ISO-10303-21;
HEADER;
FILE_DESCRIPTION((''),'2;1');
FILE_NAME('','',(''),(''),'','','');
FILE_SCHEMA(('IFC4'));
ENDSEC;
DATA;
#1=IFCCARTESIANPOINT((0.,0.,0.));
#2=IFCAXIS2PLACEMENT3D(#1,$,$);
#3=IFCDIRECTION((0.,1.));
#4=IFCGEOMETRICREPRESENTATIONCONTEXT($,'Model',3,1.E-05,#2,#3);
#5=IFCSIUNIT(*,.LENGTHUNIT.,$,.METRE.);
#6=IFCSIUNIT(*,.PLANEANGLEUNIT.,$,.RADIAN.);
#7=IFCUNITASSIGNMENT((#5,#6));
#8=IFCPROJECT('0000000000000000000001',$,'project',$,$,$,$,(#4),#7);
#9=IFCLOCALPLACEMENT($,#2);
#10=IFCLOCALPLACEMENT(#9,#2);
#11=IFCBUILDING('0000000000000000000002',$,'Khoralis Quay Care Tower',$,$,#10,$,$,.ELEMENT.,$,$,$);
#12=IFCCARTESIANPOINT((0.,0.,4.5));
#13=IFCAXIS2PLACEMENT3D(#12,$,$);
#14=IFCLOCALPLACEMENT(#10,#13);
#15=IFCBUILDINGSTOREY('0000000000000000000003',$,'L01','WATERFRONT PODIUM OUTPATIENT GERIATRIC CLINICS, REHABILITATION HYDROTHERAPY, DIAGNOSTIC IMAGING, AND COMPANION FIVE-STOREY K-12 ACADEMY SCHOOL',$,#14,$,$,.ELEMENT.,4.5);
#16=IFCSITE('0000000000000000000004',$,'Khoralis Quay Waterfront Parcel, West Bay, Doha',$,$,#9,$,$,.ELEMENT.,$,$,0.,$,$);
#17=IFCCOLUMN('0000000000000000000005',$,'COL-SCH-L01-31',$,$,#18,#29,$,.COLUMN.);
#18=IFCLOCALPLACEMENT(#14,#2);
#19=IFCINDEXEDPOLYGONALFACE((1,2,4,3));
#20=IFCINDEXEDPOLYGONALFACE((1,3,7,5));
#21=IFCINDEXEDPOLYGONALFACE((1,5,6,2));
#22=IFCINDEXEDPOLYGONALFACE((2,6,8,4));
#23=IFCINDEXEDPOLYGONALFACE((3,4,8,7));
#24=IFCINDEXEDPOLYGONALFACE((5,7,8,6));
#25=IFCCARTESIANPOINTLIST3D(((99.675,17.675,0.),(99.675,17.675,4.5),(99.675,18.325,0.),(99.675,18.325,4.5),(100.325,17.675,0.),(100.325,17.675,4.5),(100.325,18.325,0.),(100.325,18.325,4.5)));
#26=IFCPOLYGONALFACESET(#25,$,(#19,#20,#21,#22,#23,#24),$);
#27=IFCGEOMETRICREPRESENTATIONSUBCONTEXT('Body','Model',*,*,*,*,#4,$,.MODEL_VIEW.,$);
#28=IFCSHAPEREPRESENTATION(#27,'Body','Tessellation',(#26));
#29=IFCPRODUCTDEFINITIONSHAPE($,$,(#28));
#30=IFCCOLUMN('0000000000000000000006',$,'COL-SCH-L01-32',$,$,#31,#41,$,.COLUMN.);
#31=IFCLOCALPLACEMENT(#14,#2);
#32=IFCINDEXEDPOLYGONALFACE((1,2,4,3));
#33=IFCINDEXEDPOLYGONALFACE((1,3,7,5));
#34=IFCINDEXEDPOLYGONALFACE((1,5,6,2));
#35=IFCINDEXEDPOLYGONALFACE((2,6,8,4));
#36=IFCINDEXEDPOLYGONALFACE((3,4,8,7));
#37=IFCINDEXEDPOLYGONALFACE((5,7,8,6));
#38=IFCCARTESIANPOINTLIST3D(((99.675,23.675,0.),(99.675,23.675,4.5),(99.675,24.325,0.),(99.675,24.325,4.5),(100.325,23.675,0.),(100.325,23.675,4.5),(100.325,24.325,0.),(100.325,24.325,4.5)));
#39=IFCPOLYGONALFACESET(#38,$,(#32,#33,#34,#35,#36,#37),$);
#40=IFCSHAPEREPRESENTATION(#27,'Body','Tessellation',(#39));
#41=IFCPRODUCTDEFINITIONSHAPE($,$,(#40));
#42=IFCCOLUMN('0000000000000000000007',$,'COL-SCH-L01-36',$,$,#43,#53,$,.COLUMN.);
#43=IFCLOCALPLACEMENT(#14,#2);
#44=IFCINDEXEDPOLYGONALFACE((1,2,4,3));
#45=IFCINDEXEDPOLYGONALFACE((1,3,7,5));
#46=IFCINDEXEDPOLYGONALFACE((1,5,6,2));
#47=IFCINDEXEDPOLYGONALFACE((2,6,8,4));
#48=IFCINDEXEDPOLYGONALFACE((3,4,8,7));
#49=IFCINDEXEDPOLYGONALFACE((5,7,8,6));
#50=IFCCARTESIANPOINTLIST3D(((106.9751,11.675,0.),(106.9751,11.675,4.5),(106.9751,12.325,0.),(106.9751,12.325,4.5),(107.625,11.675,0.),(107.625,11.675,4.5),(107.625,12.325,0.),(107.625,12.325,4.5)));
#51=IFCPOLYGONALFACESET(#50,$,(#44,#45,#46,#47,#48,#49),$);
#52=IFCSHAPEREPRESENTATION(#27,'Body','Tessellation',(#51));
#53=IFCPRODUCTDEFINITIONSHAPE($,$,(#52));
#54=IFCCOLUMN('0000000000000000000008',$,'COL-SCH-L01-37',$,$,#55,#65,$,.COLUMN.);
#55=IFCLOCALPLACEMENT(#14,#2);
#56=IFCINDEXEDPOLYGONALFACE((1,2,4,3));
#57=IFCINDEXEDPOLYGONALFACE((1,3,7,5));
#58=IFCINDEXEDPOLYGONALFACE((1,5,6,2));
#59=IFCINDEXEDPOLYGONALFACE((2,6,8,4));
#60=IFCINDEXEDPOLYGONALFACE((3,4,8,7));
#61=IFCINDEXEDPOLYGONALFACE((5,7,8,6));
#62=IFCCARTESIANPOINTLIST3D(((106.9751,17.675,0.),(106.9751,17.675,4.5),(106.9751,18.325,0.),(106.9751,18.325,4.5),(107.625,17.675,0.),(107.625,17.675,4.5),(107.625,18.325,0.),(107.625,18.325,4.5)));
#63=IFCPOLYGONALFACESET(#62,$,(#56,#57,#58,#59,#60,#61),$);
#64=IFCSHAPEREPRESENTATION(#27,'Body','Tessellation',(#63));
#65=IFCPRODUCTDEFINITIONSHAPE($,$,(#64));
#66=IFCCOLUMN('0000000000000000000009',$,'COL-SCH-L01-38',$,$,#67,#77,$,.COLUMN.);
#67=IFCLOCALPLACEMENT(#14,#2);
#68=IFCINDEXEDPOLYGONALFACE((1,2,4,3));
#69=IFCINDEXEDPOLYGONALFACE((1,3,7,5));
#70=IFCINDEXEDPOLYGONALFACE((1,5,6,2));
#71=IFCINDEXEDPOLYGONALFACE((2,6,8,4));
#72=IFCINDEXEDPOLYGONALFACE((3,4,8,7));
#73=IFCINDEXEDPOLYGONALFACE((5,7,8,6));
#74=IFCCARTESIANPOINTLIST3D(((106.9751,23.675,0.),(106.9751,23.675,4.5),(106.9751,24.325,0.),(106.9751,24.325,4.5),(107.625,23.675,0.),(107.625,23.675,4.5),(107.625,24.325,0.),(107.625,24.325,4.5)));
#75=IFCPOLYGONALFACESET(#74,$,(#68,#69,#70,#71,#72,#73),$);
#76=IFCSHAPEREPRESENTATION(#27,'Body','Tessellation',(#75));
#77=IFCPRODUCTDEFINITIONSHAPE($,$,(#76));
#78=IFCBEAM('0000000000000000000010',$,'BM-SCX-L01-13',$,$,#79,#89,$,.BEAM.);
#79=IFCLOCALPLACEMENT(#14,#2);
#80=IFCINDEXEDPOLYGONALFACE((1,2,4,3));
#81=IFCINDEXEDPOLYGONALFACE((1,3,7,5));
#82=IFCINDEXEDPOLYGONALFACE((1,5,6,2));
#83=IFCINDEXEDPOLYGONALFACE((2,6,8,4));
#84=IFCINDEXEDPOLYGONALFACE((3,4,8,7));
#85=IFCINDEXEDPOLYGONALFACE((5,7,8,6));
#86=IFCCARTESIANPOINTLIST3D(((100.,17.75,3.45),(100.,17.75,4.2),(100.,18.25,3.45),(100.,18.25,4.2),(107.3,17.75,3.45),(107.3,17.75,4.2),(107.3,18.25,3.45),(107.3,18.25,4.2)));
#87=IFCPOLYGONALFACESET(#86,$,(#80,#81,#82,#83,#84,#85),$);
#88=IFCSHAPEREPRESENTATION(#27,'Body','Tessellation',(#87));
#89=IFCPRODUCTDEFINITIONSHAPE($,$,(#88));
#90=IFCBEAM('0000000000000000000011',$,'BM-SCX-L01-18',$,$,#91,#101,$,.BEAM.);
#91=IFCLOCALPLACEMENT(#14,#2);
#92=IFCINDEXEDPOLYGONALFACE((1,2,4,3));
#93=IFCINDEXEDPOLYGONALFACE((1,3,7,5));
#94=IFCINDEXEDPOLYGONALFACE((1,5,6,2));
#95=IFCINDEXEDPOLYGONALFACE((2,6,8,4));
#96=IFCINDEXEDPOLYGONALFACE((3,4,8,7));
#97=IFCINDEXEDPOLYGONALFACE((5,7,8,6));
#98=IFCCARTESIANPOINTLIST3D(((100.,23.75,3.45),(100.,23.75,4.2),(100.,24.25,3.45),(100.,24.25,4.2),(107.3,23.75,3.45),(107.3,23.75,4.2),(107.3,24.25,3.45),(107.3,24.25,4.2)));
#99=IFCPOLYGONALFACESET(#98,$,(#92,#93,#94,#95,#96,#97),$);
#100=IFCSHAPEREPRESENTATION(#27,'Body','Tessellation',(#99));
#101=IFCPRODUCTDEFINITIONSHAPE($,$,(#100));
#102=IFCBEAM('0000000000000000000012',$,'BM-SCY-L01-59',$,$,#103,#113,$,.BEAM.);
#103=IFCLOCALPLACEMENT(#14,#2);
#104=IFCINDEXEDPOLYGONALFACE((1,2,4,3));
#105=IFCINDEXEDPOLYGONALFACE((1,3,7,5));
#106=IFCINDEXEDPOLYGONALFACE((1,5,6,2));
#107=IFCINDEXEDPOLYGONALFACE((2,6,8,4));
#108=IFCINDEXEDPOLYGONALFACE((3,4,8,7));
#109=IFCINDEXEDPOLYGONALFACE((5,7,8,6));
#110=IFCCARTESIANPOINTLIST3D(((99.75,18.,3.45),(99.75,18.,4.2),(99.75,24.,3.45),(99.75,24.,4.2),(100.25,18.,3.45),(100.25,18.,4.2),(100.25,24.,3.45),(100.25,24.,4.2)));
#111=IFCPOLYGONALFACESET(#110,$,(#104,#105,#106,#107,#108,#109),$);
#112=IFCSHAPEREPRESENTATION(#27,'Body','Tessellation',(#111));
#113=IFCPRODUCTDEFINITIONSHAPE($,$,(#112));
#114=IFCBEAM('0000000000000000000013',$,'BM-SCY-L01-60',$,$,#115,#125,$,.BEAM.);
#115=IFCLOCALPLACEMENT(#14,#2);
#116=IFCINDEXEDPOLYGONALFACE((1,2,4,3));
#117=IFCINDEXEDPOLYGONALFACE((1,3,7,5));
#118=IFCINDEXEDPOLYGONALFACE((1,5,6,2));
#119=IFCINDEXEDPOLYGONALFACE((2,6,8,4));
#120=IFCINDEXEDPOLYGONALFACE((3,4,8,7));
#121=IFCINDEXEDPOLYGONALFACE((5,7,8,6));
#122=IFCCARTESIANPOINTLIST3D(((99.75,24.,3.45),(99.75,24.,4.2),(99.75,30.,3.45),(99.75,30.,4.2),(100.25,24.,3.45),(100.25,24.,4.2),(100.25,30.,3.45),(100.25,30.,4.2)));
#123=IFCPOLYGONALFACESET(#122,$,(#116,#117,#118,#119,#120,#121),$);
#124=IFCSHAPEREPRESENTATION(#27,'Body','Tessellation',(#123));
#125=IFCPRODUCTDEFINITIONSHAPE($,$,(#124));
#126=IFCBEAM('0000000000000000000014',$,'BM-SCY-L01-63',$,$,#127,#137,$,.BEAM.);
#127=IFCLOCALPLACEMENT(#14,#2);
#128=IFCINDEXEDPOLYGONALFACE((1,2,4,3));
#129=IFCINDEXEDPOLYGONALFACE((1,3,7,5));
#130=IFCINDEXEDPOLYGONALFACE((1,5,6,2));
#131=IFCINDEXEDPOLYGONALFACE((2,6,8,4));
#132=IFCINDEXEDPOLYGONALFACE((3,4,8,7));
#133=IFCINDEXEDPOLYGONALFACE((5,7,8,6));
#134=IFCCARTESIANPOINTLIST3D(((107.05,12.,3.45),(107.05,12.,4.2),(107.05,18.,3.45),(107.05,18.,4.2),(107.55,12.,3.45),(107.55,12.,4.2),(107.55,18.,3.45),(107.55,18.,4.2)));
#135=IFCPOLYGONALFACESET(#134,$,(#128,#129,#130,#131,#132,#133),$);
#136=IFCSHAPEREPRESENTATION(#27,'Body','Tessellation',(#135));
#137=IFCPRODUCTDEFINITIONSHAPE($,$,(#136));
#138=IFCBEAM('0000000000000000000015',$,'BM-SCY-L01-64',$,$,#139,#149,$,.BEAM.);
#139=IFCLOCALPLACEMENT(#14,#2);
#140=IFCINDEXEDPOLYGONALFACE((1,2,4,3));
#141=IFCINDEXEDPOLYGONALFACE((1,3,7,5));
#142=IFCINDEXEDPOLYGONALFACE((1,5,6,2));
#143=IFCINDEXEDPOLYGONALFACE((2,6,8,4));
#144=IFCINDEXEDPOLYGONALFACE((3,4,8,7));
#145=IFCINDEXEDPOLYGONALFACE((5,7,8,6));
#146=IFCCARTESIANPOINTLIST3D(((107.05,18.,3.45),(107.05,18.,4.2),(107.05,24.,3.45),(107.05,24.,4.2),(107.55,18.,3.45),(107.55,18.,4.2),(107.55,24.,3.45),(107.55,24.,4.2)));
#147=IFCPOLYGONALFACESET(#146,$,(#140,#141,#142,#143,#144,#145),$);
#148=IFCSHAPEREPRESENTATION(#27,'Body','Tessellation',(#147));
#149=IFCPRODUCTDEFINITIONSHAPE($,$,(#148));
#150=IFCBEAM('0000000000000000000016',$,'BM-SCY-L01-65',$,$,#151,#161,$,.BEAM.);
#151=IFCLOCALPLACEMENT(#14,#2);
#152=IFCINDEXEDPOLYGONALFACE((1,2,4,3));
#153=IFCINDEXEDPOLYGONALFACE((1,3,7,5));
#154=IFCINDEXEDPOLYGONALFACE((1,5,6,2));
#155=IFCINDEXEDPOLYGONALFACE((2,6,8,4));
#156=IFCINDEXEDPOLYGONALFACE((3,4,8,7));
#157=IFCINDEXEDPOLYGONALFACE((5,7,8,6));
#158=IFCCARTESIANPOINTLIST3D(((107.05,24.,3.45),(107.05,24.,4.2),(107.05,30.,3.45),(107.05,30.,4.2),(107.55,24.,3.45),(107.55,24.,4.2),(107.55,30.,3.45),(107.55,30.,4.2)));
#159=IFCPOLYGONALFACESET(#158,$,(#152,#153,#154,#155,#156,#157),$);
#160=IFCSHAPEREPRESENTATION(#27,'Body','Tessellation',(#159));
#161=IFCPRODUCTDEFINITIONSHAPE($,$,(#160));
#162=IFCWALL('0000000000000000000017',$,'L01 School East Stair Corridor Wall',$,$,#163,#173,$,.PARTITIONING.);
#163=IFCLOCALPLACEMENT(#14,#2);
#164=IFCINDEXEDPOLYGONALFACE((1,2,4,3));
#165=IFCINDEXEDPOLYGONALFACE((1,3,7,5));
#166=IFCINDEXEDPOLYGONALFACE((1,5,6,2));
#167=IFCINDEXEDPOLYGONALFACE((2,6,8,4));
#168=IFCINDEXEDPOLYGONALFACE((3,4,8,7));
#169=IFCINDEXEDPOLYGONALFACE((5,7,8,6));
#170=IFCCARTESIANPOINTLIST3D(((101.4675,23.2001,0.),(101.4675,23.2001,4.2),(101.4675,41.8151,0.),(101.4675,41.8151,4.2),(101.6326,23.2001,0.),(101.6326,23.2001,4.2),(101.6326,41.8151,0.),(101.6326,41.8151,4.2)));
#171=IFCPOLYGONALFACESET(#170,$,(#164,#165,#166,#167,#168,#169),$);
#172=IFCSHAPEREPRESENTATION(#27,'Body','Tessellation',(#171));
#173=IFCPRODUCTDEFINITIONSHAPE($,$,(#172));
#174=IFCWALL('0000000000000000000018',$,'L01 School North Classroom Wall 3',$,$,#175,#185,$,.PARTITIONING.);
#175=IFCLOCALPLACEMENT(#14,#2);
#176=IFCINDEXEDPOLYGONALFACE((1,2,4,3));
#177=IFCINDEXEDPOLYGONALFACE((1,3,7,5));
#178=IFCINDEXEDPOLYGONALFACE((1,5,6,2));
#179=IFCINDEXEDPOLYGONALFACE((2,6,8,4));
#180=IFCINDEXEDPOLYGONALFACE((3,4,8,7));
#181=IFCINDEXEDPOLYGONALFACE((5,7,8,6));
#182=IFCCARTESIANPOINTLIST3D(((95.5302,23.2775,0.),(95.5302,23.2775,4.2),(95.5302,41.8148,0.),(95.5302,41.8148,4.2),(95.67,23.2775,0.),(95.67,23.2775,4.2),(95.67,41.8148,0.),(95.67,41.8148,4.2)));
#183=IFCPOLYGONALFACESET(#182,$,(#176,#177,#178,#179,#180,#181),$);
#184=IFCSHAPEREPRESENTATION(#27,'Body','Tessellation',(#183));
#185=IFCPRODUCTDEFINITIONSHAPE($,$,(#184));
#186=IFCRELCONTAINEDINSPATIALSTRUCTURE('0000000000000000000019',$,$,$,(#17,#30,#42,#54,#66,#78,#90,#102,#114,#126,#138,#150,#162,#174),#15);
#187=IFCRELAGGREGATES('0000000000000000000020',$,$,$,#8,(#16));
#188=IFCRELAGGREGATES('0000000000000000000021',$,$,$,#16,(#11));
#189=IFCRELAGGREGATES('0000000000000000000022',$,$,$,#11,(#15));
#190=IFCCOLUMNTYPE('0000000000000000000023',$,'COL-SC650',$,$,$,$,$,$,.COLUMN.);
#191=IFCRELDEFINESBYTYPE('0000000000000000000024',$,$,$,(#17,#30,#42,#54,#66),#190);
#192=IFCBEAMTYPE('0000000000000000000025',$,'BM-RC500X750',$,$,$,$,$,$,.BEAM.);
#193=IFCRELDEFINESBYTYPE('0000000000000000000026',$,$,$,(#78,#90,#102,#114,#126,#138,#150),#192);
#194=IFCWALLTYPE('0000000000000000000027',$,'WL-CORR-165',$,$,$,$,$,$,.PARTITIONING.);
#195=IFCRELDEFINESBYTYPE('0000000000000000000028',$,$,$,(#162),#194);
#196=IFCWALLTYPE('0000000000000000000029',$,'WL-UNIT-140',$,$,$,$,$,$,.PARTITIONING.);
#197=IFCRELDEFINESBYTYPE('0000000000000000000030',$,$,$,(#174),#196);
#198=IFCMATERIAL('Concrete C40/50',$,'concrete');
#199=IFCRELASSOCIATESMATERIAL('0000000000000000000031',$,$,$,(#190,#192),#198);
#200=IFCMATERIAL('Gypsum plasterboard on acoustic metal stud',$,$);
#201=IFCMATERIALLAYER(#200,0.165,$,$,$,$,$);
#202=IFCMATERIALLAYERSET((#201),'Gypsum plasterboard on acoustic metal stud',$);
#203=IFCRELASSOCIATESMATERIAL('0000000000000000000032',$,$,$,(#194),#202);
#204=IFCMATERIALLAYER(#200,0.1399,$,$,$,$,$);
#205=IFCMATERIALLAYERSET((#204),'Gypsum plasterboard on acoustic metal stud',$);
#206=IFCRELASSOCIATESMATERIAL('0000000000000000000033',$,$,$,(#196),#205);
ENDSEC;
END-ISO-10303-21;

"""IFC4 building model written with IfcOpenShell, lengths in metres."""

from ifc_helpers import new_model, si_unit, direction, frame, frame_2d, origin, origin_2d, place, context, subcontext, project, spatial, rectangle, extrude, source, transform, mapped, material, layer, layer_set, material_profile, profile_set, type_object, element, save


model = new_model("IFC4")

# Units and contexts
model_context = context("Model", 3, precision=1e-05, world=origin(), true_north=direction((0.0, 1.0)))
body_context = subcontext(model_context, "Body", "Model", "MODEL_VIEW")
ifc_project = project(units=[si_unit("LENGTHUNIT", "METRE"), si_unit("PLANEANGLEUNIT", "RADIAN")], contexts=[model_context])

# Site, building, storey
site_placement = place(None, origin())
site = spatial("IfcSite", under=ifc_project, at=site_placement, Name="Khoralis Quay Waterfront Parcel, West Bay, Doha", CompositionType="ELEMENT", RefElevation=0.0)
building_placement = place(site_placement, origin())
building = spatial("IfcBuilding", under=site, at=building_placement, Name="Khoralis Quay Care Tower", CompositionType="ELEMENT")
storey_placement = place(building_placement, frame((0.0, 0.0, 4.5)))
storey = spatial("IfcBuildingStorey", under=building, at=storey_placement, Name="L01", Description="WATERFRONT PODIUM OUTPATIENT GERIATRIC CLINICS, REHABILITATION HYDROTHERAPY, DIAGNOSTIC IMAGING, AND COMPANION FIVE-STOREY K-12 ACADEMY SCHOOL", CompositionType="ELEMENT", Elevation=4.5)

# Columns
ifc_material_1 = material(Name="Concrete C40/50", Category="concrete")
ifc_material_profile_1 = material_profile(ifc_material_1, rectangle(XDim=0.6499, YDim=0.6499, at=origin_2d()), Name="Concrete C40/50")
ifc_profile_set_1 = profile_set([ifc_material_profile_1], Name="Concrete C40/50")
column_type = type_object("IfcColumnType", Name="COL-SC650", PredefinedType="COLUMN", material=ifc_profile_set_1)
shared_shape_1 = source(origin(), body_context, "Body", "SweptSolid", [
    extrude(rectangle(XDim=0.6499, YDim=0.6499, at=origin_2d()), origin(), (0.0, 0.0, 1.0), 4.5),
])
for number, where, z_axis, x_axis, name in (
    (1, (100.0, 18.0, 0.0), (0.0, 0.0, 1.0), (1.0, 0.0, 0.0), "COL-SCH-L01-31"),
    (2, (100.0, 24.0, 0.0), (0.0, 0.0, 1.0), (1.0, 0.0, 0.0), "COL-SCH-L01-32"),
    (3, (107.3, 12.0, 0.0), (0.0, 0.0, 1.0), (1.0, 0.0, 0.0), "COL-SCH-L01-36"),
    (4, (107.3, 18.0, 0.0), (0.0, 0.0, 1.0), (1.0, 0.0, 0.0), "COL-SCH-L01-37"),
    (5, (107.3, 24.0, 0.0), (0.0, 0.0, 1.0), (1.0, 0.0, 0.0), "COL-SCH-L01-38"),
):
    element("IfcColumn", number, at=place(storey_placement, frame(where, z_axis=z_axis, x_axis=x_axis)), inside=storey, type_object=column_type, Name=name, PredefinedType="COLUMN", context=body_context, shape_type="MappedRepresentation", body=[
        mapped(shared_shape_1, transform((0.0, 0.0, 0.0), scale=1.0)),
    ])

# Beams
ifc_material_profile_2 = material_profile(ifc_material_1, rectangle(XDim=0.5, YDim=0.75, at=origin_2d()), Name="Concrete C40/50")
ifc_profile_set_2 = profile_set([ifc_material_profile_2], Name="Concrete C40/50")
beam_type = type_object("IfcBeamType", Name="BM-RC500X750", PredefinedType="BEAM", material=ifc_profile_set_2)
shared_shape_2 = source(origin(), body_context, "Body", "SweptSolid", [
    extrude(rectangle(XDim=0.5, YDim=0.75, at=origin_2d()), origin(), (0.0, 0.0, 1.0), 7.3),
])
for number, where, z_axis, x_axis, name in (
    (6, (100.0, 18.0, 3.825), (1.0, 0.0, 0.0), (0.0, 1.0, 0.0), "BM-SCX-L01-13"),
    (7, (100.0, 24.0, 3.825), (1.0, 0.0, 0.0), (0.0, 1.0, 0.0), "BM-SCX-L01-18"),
):
    element("IfcBeam", number, at=place(storey_placement, frame(where, z_axis=z_axis, x_axis=x_axis)), inside=storey, type_object=beam_type, Name=name, PredefinedType="BEAM", context=body_context, shape_type="MappedRepresentation", body=[
        mapped(shared_shape_2, transform((0.0, 0.0, 0.0), scale=1.0)),
    ])
shared_shape_3 = source(origin(), body_context, "Body", "SweptSolid", [
    extrude(rectangle(XDim=0.5, YDim=0.75, at=origin_2d()), origin(), (0.0, 0.0, 1.0), 6.0),
])
for number, where, z_axis, x_axis, name in (
    (8, (100.0, 18.0, 3.825), (0.0, 1.0, 0.0), (-1.0, 0.0, 0.0), "BM-SCY-L01-59"),
    (9, (100.0, 24.0, 3.825), (0.0, 1.0, 0.0), (-1.0, 0.0, 0.0), "BM-SCY-L01-60"),
    (10, (107.3, 12.0, 3.825), (0.0, 1.0, 0.0), (-1.0, 0.0, 0.0), "BM-SCY-L01-63"),
    (11, (107.3, 18.0, 3.825), (0.0, 1.0, 0.0), (-1.0, 0.0, 0.0), "BM-SCY-L01-64"),
    (12, (107.3, 24.0, 3.825), (0.0, 1.0, 0.0), (-1.0, 0.0, 0.0), "BM-SCY-L01-65"),
):
    element("IfcBeam", number, at=place(storey_placement, frame(where, z_axis=z_axis, x_axis=x_axis)), inside=storey, type_object=beam_type, Name=name, PredefinedType="BEAM", context=body_context, shape_type="MappedRepresentation", body=[
        mapped(shared_shape_3, transform((0.0, 0.0, 0.0), scale=1.0)),
    ])

# Walls
ifc_material_2 = material(Name="Gypsum plasterboard on acoustic metal stud")
ifc_layer_1 = layer(ifc_material_2, 0.165)
ifc_layer_set_1 = layer_set([ifc_layer_1], Name="Gypsum plasterboard on acoustic metal stud")
wall_type_1 = type_object("IfcWallType", Name="WL-CORR-165", PredefinedType="PARTITIONING", material=ifc_layer_set_1)
wall_1_placement = place(storey_placement, frame((101.55, 23.2, 0.0), z_axis=(0.0, 0.0, 1.0), x_axis=(0.0, 1.0, 0.0)))
element("IfcWall", 13, at=wall_1_placement, inside=storey, type_object=wall_type_1, Name="L01 School East Stair Corridor Wall", PredefinedType="PARTITIONING", context=body_context, shape_type="SweptSolid", body=[
    extrude(rectangle(XDim=18.615, YDim=0.165, at=frame_2d((9.3076, 0.0))), origin(), (0.0, 0.0, 1.0), 4.2),
])
ifc_layer_2 = layer(ifc_material_2, 0.1399)
ifc_layer_set_2 = layer_set([ifc_layer_2], Name="Gypsum plasterboard on acoustic metal stud")
wall_type_2 = type_object("IfcWallType", Name="WL-UNIT-140", PredefinedType="PARTITIONING", material=ifc_layer_set_2)
wall_2_placement = place(storey_placement, frame((95.6001, 23.2776, 0.0), z_axis=(0.0, 0.0, 1.0), x_axis=(0.0, 1.0, 0.0)))
element("IfcWall", 14, at=wall_2_placement, inside=storey, type_object=wall_type_2, Name="L01 School North Classroom Wall 3", PredefinedType="PARTITIONING", context=body_context, shape_type="SweptSolid", body=[
    extrude(rectangle(XDim=18.5374, YDim=0.1399, at=frame_2d((9.2686, 0.0))), origin(), (0.0, 0.0, 1.0), 4.2),
])

save(model, "model.ifc")
